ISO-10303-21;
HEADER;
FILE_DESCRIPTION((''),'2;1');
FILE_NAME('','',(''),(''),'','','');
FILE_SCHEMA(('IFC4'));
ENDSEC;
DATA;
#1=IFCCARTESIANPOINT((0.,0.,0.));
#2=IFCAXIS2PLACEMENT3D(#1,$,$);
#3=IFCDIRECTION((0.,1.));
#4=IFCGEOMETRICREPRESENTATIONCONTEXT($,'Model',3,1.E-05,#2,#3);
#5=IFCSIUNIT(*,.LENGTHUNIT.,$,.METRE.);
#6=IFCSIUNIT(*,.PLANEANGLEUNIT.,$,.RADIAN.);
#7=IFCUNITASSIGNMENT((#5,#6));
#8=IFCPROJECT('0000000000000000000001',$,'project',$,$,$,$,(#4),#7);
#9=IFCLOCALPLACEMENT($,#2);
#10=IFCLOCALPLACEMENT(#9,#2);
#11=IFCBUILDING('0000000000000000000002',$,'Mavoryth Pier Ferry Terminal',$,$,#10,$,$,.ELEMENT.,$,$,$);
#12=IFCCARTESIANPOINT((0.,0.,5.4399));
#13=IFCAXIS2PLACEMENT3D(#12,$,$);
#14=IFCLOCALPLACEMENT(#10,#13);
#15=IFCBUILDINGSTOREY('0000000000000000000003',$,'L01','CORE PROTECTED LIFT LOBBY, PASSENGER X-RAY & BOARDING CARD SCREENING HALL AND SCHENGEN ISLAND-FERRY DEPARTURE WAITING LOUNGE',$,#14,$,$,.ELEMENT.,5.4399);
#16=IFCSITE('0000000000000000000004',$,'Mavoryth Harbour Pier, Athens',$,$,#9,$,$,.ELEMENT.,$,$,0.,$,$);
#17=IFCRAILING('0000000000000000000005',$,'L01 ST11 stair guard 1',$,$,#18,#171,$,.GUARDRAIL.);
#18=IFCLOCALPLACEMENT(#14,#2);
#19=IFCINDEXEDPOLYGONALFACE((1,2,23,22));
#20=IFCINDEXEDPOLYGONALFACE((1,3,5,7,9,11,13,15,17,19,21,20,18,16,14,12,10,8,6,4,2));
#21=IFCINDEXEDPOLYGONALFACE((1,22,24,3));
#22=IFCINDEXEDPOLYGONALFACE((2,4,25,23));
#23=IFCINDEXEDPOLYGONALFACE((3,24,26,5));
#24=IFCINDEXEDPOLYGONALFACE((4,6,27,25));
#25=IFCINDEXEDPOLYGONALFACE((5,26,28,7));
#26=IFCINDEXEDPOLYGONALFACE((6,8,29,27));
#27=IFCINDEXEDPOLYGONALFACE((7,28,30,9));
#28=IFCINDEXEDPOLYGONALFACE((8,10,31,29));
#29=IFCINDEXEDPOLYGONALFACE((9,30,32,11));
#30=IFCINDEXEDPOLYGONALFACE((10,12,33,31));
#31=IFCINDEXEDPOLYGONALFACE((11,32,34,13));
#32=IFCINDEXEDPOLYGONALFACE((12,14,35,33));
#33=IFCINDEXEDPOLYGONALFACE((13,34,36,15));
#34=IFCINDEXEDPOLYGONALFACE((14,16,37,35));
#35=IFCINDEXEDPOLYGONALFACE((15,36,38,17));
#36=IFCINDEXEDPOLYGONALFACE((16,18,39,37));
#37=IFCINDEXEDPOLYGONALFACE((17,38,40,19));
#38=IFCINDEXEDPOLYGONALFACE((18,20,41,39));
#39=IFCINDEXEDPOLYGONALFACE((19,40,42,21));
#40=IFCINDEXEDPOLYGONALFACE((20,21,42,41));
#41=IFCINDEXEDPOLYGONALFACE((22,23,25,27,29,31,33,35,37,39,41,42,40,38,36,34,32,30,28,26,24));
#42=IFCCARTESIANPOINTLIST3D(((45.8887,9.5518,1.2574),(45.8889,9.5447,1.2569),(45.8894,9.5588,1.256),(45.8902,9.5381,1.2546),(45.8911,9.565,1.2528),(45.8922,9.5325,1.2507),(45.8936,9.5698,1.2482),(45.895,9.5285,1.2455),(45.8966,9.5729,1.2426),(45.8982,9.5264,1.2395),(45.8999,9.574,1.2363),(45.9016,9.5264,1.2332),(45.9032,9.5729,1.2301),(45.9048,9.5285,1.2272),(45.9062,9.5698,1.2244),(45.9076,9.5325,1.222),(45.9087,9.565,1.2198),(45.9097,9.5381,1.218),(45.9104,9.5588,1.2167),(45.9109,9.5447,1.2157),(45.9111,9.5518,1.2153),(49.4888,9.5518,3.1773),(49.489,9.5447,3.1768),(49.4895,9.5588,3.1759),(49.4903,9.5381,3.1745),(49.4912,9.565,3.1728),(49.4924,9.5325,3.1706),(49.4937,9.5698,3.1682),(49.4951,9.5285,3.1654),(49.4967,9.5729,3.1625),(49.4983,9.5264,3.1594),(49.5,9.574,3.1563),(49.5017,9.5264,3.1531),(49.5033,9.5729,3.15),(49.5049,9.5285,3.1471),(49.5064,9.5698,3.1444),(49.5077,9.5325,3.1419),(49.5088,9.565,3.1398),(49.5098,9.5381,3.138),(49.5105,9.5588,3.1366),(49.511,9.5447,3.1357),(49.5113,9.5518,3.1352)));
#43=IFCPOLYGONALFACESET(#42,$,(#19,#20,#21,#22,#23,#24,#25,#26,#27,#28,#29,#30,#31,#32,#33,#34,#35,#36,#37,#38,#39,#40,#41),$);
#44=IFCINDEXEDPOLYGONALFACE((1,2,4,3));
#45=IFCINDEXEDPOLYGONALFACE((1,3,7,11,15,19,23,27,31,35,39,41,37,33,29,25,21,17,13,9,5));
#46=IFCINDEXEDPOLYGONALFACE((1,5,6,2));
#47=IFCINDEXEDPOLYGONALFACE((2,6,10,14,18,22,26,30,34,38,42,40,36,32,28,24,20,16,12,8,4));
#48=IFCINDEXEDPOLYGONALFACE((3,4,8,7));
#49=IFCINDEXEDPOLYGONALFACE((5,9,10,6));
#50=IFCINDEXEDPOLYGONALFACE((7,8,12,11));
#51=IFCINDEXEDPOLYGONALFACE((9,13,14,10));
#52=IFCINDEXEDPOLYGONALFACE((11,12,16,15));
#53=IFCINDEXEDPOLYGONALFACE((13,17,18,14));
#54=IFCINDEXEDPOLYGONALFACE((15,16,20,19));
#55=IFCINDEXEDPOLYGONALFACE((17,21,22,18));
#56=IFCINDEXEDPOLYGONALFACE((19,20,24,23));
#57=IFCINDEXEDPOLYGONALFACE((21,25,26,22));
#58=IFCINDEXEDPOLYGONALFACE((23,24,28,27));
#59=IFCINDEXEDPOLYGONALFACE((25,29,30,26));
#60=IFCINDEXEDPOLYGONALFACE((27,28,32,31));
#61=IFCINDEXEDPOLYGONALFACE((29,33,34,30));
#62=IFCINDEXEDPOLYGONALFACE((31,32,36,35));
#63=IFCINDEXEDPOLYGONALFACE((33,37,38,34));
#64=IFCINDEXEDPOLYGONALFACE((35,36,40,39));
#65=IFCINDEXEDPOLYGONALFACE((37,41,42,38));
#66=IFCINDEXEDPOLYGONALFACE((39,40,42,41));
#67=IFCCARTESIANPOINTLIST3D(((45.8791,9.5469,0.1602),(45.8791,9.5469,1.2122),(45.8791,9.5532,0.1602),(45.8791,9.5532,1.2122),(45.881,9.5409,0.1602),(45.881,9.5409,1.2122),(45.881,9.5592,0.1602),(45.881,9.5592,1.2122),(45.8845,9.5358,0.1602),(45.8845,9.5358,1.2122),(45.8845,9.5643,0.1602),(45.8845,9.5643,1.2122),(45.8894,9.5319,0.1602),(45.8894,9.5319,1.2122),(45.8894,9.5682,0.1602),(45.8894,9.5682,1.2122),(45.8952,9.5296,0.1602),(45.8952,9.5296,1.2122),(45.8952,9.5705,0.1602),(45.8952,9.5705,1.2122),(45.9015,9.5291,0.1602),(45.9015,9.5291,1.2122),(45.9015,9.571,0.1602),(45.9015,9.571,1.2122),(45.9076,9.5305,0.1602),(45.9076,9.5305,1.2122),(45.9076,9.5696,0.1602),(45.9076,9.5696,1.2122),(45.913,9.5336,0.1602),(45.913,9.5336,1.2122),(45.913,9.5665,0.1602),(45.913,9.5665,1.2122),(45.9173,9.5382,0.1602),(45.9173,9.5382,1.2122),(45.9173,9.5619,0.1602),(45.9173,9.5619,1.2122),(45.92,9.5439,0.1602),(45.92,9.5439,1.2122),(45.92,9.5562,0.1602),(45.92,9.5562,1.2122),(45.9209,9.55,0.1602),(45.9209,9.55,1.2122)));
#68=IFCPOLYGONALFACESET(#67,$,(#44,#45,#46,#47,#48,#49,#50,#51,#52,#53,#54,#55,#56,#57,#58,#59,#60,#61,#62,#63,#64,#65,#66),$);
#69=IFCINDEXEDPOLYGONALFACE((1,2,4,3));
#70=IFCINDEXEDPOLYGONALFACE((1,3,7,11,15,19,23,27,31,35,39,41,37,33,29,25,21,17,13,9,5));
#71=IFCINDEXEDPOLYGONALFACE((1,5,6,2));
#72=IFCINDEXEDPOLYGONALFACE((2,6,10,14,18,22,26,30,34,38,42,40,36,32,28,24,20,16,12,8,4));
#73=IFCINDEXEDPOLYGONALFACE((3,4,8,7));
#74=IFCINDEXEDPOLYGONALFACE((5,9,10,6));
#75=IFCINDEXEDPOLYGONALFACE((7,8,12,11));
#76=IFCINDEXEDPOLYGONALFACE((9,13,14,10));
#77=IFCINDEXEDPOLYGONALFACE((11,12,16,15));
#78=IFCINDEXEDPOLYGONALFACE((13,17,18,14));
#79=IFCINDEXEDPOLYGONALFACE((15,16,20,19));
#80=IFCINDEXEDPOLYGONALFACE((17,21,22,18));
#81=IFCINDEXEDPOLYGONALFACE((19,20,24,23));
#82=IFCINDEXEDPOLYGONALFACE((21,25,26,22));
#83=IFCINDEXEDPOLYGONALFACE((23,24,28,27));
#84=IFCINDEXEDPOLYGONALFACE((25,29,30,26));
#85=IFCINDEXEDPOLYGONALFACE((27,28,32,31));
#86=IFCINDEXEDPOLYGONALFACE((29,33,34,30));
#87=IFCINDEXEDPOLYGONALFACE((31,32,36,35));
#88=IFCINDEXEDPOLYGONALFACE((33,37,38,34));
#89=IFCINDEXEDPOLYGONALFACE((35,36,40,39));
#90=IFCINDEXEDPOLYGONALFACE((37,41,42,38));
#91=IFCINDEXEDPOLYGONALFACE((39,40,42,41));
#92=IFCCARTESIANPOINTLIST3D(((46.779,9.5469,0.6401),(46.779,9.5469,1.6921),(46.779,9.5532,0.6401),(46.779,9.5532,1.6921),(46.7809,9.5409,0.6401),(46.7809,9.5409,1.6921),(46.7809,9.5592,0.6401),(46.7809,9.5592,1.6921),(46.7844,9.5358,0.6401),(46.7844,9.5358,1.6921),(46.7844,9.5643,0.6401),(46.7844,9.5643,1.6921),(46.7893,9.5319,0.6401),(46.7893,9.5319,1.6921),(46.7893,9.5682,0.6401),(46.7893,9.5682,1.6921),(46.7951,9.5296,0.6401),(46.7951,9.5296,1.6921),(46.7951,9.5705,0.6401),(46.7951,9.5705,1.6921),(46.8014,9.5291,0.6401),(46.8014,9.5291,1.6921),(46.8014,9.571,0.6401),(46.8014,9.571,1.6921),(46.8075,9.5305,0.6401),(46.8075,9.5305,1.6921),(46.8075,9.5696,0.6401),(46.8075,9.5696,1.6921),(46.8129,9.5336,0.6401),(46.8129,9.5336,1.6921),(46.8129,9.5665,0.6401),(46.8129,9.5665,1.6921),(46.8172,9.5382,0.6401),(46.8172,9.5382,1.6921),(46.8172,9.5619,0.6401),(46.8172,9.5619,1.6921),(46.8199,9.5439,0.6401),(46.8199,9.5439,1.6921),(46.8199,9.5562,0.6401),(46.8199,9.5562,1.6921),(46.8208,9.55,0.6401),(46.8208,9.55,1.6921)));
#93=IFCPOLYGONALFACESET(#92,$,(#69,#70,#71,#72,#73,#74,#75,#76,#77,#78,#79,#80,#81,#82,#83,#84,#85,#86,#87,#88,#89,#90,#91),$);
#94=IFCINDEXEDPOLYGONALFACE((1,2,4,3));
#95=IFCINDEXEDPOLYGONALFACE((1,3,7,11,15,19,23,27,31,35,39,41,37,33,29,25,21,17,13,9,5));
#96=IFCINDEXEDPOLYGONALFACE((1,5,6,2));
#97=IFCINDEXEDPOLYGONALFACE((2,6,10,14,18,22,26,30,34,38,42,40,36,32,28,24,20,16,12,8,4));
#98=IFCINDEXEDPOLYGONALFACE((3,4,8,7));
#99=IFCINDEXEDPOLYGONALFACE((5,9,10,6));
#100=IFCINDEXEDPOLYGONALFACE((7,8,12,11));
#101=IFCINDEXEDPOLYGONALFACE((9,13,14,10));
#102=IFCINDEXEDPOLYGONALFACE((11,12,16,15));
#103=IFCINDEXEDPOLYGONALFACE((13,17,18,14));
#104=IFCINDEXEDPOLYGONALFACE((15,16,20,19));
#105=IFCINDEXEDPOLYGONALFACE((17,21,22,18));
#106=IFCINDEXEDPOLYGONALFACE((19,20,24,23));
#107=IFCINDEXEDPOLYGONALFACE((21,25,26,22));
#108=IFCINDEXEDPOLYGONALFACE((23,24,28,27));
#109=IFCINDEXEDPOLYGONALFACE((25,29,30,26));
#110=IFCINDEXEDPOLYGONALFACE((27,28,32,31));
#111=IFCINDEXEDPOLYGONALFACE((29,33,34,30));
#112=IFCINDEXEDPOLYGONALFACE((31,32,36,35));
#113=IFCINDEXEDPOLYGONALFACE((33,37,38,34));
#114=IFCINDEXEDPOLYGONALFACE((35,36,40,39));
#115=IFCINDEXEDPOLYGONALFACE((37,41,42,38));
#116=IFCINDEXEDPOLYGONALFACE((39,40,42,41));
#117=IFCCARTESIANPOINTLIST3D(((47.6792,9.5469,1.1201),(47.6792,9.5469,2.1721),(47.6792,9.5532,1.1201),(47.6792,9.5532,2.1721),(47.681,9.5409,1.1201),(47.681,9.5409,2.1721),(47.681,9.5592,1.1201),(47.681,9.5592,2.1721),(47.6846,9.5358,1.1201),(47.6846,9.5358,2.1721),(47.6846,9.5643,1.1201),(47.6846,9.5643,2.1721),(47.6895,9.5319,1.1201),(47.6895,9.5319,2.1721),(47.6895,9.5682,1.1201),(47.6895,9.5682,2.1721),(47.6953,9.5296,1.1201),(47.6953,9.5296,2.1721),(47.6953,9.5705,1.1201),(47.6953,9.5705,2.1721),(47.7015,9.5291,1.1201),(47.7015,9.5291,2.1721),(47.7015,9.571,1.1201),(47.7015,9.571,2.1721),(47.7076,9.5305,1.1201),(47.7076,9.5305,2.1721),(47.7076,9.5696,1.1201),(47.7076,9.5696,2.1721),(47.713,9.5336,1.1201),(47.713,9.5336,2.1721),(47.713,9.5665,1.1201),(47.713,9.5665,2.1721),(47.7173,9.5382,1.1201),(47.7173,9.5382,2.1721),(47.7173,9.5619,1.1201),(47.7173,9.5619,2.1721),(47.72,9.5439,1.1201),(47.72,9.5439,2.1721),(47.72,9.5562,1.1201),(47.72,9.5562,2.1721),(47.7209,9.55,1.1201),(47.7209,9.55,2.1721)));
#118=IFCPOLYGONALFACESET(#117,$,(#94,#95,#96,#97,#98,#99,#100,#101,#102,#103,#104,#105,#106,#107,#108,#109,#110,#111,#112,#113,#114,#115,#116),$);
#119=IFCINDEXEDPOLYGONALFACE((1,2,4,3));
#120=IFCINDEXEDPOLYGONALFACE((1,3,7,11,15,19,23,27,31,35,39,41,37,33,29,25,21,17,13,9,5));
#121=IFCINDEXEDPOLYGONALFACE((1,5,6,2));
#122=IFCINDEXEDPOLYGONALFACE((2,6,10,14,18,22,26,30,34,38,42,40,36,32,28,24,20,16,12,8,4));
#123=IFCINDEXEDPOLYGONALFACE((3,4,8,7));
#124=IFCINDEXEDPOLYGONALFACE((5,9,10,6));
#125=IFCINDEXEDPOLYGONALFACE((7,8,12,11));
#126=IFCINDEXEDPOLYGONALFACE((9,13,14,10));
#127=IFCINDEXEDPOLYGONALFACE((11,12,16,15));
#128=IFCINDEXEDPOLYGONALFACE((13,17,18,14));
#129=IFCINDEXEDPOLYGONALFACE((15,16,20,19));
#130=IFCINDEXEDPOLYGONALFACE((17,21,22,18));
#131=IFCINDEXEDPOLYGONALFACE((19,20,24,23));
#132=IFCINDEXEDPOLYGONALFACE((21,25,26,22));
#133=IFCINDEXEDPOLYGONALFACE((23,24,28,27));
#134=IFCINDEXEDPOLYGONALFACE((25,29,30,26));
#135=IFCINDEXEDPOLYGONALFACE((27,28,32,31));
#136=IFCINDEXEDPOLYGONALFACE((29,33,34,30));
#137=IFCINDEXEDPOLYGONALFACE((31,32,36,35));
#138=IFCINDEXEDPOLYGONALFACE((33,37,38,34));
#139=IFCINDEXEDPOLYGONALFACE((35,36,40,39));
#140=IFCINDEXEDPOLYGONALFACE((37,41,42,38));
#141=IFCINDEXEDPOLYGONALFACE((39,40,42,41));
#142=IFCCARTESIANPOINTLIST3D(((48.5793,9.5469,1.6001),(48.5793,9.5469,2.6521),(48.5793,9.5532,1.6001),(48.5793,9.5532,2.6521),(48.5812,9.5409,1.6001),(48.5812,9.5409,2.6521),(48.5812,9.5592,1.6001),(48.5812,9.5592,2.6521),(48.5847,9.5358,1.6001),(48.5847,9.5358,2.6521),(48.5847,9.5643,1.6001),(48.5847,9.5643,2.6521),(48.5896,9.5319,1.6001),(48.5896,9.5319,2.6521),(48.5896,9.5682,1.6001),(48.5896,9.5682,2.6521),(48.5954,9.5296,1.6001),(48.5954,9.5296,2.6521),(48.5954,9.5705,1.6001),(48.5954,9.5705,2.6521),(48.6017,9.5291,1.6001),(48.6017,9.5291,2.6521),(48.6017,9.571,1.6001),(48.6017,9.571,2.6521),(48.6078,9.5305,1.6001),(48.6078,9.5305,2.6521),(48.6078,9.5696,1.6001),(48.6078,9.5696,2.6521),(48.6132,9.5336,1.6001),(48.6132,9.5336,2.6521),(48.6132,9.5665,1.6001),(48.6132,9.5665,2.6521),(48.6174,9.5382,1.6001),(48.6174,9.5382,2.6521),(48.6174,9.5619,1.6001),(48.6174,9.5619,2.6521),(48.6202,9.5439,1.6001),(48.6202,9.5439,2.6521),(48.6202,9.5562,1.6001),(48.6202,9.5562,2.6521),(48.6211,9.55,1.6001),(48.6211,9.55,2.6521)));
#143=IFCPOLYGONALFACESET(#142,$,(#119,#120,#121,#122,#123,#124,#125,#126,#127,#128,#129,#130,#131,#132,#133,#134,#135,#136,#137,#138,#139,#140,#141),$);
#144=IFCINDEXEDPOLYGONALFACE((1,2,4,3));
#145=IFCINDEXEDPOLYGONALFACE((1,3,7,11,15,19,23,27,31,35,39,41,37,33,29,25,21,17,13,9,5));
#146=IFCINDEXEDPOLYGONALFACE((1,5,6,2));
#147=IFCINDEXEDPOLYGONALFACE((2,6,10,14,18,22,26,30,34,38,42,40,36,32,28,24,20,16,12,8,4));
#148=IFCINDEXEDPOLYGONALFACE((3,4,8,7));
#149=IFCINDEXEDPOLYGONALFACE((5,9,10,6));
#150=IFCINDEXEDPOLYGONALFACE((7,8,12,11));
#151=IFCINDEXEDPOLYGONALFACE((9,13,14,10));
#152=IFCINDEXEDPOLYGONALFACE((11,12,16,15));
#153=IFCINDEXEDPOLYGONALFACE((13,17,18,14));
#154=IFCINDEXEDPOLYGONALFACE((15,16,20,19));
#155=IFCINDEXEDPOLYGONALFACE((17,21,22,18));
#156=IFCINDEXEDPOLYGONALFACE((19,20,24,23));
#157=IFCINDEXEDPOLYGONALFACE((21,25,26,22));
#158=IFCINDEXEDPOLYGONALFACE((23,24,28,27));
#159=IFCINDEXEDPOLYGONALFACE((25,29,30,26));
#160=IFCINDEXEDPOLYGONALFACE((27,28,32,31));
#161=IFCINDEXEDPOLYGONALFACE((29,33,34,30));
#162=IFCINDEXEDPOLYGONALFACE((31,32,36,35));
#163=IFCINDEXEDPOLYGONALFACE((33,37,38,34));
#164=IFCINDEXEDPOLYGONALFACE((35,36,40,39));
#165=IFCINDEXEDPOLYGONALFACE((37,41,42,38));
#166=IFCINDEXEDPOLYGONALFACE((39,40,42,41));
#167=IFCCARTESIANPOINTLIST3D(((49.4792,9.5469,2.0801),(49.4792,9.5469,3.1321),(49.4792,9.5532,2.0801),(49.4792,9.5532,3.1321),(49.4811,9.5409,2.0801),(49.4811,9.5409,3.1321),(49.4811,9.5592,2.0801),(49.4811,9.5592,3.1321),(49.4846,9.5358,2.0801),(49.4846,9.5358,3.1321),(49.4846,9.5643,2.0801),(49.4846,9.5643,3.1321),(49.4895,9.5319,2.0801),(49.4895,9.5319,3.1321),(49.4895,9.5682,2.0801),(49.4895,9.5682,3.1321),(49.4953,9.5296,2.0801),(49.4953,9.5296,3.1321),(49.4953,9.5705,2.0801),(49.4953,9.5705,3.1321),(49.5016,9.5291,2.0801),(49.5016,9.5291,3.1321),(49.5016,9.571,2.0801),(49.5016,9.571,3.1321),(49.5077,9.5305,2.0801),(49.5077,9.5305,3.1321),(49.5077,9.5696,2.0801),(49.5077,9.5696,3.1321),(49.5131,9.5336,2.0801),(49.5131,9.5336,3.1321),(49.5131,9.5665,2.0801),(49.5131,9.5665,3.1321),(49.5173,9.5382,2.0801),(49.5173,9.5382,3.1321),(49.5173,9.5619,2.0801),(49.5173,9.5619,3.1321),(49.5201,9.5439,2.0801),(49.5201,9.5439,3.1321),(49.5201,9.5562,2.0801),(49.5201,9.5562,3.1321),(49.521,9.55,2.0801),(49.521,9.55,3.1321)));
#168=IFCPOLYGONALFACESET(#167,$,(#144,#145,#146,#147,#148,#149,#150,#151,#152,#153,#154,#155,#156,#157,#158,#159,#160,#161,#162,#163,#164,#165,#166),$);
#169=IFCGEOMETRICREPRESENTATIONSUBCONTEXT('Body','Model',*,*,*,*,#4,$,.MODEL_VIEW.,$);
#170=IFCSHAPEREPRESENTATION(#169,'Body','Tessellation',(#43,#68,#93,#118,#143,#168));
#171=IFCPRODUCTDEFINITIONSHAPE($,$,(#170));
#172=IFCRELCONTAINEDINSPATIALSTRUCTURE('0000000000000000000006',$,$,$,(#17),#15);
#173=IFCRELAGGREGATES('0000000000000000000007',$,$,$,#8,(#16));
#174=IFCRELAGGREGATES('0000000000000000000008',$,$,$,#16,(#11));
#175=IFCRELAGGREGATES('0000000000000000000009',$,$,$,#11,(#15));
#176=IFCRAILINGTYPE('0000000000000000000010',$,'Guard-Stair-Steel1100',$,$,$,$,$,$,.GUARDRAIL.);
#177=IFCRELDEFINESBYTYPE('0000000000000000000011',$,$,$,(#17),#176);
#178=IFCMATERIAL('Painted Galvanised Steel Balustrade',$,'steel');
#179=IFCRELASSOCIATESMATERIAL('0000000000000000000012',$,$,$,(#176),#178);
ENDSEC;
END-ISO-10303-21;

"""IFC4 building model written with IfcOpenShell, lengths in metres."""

from ifc_helpers import new_model, si_unit, direction, frame, origin, origin_2d, place, context, subcontext, project, spatial, circle, extrude, material, type_object, element, save


model = new_model("IFC4")

# Units and contexts
model_context = context("Model", 3, precision=1e-05, world=origin(), true_north=direction((0.0, 1.0)))
body_context = subcontext(model_context, "Body", "Model", "MODEL_VIEW")
ifc_project = project(units=[si_unit("LENGTHUNIT", "METRE"), si_unit("PLANEANGLEUNIT", "RADIAN")], contexts=[model_context])

# Site, building, storey
site_placement = place(None, origin())
site = spatial("IfcSite", under=ifc_project, at=site_placement, Name="Mavoryth Harbour Pier, Athens", CompositionType="ELEMENT", RefElevation=0.0)
building_placement = place(site_placement, origin())
building = spatial("IfcBuilding", under=site, at=building_placement, Name="Mavoryth Pier Ferry Terminal", CompositionType="ELEMENT")
storey_placement = place(building_placement, frame((0.0, 0.0, 5.4399)))
storey = spatial("IfcBuildingStorey", under=building, at=storey_placement, Name="L01", Description="CORE PROTECTED LIFT LOBBY, PASSENGER X-RAY & BOARDING CARD SCREENING HALL AND SCHENGEN ISLAND-FERRY DEPARTURE WAITING LOUNGE", CompositionType="ELEMENT", Elevation=5.4399)

# Railing
ifc_material_1 = material(Name="Painted Galvanised Steel Balustrade", Category="steel")
railing_type_1 = type_object("IfcRailingType", Name="Guard-Stair-Steel1100", PredefinedType="GUARDRAIL", material=ifc_material_1)
railing_1_placement = place(storey_placement, frame((45.8999, 9.55, 0.1602)))
element("IfcRailing", 1, at=railing_1_placement, inside=storey, type_object=railing_type_1, Name="L01 ST11 stair guard 1", PredefinedType="GUARDRAIL", context=body_context, shape_type="SweptSolid", body=[
    extrude(circle(Radius=0.0239, at=origin_2d()), frame((0.0, 0.0, 1.0762), z_axis=(0.882366, 0.0, 0.470563), x_axis=(0.0, 1.0, 0.0)), (0.0, 0.0, 1.0), 4.0801),
    extrude(circle(Radius=0.021, at=origin_2d()), origin(), (0.0, 0.0, 1.0), 1.052),
    extrude(circle(Radius=0.021, at=origin_2d()), frame((0.8999, 0.0, 0.48)), (0.0, 0.0, 1.0), 1.052),
    extrude(circle(Radius=0.021, at=origin_2d()), frame((1.8, 0.0, 0.96)), (0.0, 0.0, 1.0), 1.052),
    extrude(circle(Radius=0.021, at=origin_2d()), frame((2.7002, 0.0, 1.4399)), (0.0, 0.0, 1.0), 1.052),
    extrude(circle(Radius=0.021, at=origin_2d()), frame((3.6001, 0.0, 1.9199)), (0.0, 0.0, 1.0), 1.052),
])

save(model, "model.ifc")
